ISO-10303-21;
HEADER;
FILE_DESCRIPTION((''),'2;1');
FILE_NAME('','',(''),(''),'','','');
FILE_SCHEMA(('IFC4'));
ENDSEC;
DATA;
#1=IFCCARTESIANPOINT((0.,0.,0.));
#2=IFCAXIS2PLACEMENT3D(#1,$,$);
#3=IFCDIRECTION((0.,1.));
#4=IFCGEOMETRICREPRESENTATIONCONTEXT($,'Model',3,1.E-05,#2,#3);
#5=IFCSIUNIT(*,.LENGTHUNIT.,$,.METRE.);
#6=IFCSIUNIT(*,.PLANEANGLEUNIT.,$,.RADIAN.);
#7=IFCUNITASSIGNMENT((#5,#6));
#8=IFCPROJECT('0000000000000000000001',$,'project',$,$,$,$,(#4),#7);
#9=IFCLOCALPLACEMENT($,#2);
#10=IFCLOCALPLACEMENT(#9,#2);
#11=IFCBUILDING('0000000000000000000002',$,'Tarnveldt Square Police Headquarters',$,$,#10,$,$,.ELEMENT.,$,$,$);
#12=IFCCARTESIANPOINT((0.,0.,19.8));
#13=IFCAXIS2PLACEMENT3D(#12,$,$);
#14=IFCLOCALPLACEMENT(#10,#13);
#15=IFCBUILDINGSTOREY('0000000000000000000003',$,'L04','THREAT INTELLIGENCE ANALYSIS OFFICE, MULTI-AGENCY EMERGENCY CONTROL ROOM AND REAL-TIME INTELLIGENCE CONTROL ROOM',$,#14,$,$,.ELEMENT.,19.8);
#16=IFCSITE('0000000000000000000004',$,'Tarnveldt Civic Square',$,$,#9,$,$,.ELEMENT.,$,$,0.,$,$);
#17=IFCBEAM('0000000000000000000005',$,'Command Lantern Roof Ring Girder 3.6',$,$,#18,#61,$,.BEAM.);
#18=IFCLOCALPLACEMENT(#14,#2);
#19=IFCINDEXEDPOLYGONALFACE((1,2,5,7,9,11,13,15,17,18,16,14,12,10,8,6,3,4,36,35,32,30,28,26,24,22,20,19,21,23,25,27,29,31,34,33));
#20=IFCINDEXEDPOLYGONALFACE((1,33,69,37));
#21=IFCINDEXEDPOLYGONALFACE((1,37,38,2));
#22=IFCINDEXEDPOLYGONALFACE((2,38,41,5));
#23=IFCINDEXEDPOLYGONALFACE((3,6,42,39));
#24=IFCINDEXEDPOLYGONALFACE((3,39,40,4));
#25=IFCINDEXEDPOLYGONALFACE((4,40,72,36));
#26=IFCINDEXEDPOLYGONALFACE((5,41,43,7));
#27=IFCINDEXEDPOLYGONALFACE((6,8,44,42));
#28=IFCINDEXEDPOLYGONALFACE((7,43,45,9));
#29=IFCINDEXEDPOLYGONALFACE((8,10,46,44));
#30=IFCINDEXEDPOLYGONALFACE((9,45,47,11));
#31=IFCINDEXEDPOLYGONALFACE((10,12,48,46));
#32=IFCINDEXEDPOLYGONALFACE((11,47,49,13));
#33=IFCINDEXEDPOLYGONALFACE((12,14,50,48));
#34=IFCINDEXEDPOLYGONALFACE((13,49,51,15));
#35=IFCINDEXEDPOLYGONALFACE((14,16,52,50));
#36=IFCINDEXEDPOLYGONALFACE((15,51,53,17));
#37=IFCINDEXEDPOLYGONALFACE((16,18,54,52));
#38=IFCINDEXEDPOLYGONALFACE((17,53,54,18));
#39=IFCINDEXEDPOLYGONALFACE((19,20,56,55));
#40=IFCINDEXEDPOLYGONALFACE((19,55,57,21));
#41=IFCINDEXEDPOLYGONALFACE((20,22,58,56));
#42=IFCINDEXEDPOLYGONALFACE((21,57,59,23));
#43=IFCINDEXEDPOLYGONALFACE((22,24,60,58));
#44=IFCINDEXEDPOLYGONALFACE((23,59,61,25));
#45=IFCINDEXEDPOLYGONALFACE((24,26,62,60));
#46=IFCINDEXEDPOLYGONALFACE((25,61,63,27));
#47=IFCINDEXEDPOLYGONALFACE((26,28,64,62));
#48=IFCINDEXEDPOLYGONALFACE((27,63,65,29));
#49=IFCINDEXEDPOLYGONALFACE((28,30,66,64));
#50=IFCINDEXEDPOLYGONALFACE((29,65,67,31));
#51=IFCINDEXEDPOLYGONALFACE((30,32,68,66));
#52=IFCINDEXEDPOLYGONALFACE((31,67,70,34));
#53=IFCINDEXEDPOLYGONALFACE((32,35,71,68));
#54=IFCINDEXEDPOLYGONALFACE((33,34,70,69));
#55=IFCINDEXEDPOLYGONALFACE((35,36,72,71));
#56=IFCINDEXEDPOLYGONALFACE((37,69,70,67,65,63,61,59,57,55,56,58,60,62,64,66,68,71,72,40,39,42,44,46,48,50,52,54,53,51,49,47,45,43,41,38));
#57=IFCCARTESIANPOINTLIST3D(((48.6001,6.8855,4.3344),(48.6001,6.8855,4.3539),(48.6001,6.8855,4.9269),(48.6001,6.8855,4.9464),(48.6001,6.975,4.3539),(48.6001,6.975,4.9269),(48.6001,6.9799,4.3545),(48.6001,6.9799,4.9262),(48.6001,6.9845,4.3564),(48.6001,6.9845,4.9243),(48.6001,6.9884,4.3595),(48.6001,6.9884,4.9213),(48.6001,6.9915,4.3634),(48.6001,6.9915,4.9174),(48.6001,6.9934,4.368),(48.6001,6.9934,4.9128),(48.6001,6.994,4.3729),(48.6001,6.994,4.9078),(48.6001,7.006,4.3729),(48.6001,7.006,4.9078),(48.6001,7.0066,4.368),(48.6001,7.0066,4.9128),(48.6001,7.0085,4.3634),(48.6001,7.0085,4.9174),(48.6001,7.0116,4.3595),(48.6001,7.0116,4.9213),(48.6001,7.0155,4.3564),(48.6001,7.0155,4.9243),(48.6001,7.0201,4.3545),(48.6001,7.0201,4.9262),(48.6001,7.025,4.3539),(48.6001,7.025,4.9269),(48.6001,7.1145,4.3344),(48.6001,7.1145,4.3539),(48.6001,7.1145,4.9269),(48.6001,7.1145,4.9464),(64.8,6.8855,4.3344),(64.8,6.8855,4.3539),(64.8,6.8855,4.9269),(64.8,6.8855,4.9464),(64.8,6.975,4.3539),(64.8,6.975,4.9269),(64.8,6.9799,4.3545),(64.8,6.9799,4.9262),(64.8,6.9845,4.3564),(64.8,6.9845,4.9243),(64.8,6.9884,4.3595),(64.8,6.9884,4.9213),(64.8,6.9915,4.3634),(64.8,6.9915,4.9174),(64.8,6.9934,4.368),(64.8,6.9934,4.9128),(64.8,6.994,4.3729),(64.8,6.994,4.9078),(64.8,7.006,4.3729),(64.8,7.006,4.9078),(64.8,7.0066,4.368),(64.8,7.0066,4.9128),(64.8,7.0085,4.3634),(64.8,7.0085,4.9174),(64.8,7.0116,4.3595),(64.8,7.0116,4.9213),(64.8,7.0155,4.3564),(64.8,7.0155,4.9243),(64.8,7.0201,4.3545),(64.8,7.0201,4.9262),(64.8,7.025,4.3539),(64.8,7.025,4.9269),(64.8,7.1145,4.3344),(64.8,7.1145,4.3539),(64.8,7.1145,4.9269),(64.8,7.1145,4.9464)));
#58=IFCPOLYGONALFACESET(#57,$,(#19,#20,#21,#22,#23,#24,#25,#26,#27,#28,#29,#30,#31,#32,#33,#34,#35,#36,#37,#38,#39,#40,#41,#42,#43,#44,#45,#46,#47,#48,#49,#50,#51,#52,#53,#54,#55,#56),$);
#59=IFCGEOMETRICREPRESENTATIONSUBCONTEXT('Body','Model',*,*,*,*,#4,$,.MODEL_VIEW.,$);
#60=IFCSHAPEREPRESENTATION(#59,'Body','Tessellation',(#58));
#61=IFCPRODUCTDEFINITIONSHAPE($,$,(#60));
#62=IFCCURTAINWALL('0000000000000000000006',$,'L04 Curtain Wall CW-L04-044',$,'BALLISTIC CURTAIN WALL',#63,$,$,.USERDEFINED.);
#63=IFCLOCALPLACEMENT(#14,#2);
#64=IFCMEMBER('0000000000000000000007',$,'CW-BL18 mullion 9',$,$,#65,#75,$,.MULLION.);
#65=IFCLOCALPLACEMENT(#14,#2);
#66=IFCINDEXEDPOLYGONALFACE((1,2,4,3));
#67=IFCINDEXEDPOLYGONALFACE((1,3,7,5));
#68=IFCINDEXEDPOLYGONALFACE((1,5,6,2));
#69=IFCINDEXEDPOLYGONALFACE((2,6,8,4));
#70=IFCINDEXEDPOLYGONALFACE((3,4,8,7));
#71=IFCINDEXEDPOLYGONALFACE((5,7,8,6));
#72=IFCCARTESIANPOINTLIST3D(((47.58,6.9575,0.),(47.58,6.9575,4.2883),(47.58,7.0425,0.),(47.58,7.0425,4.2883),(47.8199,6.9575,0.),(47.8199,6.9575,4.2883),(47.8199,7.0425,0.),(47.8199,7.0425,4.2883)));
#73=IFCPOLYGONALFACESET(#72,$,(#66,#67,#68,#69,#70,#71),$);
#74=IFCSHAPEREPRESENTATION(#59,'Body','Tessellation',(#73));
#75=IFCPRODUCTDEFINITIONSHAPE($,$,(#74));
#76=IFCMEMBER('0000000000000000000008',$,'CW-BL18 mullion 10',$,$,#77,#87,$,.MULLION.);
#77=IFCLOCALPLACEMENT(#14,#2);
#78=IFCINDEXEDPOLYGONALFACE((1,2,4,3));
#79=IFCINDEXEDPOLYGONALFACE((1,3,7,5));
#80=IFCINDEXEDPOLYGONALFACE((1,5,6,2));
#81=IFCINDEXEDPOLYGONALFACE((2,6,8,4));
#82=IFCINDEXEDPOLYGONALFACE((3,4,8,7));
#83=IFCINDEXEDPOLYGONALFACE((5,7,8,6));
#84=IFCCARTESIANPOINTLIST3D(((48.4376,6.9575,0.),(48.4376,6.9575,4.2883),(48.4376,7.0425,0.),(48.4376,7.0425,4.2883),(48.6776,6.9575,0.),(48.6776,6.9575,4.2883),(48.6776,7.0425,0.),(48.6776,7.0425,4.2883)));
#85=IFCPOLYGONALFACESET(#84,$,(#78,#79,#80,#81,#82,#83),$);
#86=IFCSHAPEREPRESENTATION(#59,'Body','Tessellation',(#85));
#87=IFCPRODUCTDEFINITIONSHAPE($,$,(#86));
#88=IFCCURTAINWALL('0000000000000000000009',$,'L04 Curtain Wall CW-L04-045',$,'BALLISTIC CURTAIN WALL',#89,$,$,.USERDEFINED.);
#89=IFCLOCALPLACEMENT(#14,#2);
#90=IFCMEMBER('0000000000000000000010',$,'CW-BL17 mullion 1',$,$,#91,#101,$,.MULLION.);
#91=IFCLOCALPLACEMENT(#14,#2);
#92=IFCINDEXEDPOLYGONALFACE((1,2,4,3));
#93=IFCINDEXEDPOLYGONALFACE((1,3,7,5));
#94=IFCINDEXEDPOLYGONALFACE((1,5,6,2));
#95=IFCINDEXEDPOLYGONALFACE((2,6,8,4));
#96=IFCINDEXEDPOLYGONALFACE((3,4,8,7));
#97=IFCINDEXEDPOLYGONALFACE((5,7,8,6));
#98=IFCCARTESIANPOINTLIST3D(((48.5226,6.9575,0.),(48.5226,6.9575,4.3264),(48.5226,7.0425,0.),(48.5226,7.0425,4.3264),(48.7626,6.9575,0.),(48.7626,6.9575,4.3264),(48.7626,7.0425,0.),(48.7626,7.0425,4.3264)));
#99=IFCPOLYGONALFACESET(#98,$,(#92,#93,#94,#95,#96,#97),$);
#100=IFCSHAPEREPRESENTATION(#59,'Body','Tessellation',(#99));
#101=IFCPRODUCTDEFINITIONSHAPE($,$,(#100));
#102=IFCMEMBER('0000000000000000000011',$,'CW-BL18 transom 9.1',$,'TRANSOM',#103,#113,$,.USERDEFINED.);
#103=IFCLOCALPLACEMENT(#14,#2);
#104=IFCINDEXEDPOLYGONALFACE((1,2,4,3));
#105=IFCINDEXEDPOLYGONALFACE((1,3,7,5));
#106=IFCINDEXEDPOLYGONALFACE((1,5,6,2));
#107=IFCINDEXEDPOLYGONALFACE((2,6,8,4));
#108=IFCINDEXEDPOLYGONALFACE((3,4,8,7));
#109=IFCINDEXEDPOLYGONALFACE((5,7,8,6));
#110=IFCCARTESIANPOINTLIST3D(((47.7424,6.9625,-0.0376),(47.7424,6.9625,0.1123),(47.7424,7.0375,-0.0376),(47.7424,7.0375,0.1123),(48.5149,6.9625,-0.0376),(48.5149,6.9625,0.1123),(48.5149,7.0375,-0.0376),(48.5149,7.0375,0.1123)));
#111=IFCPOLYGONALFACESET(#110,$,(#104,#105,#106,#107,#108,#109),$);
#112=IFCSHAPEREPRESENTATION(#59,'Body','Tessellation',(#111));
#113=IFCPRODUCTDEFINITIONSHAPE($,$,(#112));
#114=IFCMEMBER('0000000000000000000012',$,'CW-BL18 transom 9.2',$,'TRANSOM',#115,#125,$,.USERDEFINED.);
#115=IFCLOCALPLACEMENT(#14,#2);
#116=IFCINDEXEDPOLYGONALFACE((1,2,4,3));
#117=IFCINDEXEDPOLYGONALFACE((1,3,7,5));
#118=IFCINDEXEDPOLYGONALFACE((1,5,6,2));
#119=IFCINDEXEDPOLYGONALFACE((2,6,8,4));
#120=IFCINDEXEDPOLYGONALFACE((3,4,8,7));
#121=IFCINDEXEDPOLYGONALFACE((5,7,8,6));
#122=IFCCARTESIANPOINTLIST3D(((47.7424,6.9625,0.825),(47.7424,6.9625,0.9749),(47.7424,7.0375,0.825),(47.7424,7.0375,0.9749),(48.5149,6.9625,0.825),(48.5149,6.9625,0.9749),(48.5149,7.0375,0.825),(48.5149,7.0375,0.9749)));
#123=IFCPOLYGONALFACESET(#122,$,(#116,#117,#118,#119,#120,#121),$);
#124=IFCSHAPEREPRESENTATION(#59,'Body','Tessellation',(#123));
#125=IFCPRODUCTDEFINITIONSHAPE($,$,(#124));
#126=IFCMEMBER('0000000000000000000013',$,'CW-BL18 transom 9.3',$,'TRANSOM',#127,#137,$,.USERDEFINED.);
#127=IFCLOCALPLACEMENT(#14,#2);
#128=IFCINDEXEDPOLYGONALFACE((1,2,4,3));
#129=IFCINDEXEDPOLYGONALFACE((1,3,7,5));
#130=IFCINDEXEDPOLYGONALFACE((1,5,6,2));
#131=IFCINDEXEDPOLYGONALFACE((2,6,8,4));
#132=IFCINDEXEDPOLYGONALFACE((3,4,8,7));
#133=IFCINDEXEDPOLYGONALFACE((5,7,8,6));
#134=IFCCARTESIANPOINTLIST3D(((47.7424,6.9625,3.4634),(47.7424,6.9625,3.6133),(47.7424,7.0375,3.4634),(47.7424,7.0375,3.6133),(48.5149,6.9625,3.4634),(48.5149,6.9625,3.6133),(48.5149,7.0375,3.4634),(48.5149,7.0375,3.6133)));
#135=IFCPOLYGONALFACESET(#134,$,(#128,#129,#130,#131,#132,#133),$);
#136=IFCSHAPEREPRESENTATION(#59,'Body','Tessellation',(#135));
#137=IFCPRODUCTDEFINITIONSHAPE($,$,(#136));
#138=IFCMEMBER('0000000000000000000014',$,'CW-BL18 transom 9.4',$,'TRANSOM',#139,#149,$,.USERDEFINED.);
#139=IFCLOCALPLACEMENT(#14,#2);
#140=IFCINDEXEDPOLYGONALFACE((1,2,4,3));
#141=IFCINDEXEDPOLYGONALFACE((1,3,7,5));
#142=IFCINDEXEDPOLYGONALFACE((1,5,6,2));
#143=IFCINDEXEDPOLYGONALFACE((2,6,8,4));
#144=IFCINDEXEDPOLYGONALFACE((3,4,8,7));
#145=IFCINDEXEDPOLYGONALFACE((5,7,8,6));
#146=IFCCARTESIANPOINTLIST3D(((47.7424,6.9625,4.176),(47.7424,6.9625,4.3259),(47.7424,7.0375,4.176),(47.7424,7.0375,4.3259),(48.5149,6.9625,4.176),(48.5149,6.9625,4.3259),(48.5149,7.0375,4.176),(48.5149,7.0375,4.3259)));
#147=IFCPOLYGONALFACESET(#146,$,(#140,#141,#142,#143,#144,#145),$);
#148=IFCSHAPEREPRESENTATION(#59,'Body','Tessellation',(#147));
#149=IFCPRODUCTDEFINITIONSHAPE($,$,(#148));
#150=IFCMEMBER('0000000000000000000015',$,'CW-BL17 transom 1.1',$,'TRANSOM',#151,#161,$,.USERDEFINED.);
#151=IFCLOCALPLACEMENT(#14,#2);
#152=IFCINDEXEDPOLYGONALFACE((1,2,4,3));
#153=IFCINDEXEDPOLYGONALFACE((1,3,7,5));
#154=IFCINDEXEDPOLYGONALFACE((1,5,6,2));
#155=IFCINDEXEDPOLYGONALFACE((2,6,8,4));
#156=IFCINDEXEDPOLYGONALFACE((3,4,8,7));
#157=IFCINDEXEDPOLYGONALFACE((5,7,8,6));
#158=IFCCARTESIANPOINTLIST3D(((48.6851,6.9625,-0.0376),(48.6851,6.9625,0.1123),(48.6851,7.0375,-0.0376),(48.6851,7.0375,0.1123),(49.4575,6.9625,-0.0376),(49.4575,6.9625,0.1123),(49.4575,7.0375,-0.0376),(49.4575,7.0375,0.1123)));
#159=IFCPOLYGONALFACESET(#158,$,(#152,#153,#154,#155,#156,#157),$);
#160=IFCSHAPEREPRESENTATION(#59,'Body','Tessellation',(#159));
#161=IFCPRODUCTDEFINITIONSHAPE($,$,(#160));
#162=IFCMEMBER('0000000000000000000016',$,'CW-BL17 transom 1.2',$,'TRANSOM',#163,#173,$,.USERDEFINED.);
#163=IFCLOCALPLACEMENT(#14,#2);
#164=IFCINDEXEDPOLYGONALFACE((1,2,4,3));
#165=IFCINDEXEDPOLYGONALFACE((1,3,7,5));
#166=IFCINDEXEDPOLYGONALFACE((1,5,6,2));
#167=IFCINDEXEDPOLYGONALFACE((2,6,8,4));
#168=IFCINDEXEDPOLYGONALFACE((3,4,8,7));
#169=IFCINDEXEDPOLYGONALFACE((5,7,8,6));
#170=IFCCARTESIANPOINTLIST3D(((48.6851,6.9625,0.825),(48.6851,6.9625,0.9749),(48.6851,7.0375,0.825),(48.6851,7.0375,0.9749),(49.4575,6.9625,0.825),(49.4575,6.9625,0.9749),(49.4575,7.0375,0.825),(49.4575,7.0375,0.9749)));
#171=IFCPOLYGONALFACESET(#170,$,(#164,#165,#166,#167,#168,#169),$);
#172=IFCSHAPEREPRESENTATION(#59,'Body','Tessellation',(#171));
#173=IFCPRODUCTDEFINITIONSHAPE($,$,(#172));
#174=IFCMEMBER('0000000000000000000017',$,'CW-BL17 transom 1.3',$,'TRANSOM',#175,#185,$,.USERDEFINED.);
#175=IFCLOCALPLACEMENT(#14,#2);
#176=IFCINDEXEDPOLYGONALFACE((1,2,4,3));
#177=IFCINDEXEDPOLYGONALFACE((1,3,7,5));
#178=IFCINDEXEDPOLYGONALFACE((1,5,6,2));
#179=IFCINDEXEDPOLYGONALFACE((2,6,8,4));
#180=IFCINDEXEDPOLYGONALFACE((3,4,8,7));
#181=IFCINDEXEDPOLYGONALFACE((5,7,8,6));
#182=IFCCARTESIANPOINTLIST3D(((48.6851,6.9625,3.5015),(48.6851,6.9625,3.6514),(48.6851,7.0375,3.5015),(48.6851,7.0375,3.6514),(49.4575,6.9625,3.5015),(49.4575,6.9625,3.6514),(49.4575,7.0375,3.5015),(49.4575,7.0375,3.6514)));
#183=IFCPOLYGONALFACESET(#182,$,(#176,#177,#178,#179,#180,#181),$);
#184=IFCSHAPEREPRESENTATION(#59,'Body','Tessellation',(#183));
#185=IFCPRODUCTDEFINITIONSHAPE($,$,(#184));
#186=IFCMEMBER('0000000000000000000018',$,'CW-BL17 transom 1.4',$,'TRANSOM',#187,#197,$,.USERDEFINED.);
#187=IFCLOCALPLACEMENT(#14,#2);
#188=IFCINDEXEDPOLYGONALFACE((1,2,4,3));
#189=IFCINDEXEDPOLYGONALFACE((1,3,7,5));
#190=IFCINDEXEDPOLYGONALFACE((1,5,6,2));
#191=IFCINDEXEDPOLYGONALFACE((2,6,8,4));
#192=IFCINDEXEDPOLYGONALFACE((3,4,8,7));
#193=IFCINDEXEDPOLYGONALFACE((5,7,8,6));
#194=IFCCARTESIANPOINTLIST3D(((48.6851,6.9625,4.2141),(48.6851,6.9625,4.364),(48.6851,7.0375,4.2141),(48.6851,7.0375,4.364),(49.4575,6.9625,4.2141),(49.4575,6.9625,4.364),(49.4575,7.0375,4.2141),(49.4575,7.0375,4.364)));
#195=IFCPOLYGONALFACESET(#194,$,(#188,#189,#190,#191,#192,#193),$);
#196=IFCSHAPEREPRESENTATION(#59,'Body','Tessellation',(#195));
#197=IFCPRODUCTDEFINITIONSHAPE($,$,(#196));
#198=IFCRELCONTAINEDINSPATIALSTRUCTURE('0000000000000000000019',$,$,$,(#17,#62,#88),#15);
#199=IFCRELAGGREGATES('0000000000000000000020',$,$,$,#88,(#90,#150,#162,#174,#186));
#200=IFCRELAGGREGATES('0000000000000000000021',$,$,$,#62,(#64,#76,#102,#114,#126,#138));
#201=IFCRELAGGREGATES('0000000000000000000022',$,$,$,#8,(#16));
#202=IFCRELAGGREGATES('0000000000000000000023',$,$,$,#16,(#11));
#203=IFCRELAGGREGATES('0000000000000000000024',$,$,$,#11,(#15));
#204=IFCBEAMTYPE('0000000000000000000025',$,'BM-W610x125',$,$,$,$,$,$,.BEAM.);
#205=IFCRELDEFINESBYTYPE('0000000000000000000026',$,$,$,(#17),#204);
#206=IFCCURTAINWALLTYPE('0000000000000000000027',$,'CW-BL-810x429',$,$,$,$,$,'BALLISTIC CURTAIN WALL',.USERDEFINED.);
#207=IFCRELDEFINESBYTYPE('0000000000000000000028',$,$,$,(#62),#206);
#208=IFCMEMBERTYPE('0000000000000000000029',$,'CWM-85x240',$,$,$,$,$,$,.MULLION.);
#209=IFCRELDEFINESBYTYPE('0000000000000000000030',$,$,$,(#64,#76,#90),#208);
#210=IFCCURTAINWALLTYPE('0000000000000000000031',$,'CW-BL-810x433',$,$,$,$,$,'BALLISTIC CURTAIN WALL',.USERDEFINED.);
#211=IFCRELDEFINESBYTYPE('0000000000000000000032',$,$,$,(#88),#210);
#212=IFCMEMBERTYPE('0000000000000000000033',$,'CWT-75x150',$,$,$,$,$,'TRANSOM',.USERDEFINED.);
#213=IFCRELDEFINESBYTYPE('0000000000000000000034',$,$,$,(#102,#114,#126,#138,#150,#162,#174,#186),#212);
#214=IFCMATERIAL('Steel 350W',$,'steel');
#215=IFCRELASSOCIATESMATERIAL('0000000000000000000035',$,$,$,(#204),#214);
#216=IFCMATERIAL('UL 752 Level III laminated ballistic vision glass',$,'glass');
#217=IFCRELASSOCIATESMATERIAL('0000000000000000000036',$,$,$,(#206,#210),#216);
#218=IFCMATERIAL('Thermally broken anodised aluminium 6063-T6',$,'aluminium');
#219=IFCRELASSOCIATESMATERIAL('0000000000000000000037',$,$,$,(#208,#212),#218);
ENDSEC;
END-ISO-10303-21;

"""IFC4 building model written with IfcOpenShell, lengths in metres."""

from ifc_helpers import new_model, si_unit, direction, frame, origin, origin_2d, place, context, subcontext, project, spatial, rectangle, i_section, extrude, material, material_profile, profile_set, type_object, element, aggregate, save


model = new_model("IFC4")

# Units and contexts
model_context = context("Model", 3, precision=1e-05, world=origin(), true_north=direction((0.0, 1.0)))
body_context = subcontext(model_context, "Body", "Model", "MODEL_VIEW")
ifc_project = project(units=[si_unit("LENGTHUNIT", "METRE"), si_unit("PLANEANGLEUNIT", "RADIAN")], contexts=[model_context])

# Site, building, storey
site_placement = place(None, origin())
site = spatial("IfcSite", under=ifc_project, at=site_placement, Name="Tarnveldt Civic Square", CompositionType="ELEMENT", RefElevation=0.0)
building_placement = place(site_placement, origin())
building = spatial("IfcBuilding", under=site, at=building_placement, Name="Tarnveldt Square Police Headquarters", CompositionType="ELEMENT")
storey_placement = place(building_placement, frame((0.0, 0.0, 19.8)))
storey = spatial("IfcBuildingStorey", under=building, at=storey_placement, Name="L04", Description="THREAT INTELLIGENCE ANALYSIS OFFICE, MULTI-AGENCY EMERGENCY CONTROL ROOM AND REAL-TIME INTELLIGENCE CONTROL ROOM", CompositionType="ELEMENT", Elevation=19.8)

# Shared definitions
ifc_material_1 = material(Name="Steel 350W", Category="steel")

# Beam
ifc_material_profile_1 = material_profile(ifc_material_1, i_section(OverallWidth=0.229, OverallDepth=0.6121, WebThickness=0.012, FlangeThickness=0.0195, FilletRadius=0.019, at=origin_2d()), Name="W610x125")
ifc_profile_set_1 = profile_set([ifc_material_profile_1], Name="Steel 350W")
beam_type_1 = type_object("IfcBeamType", Name="BM-W610x125", PredefinedType="BEAM", material=ifc_profile_set_1)
for number, where, z_axis, x_axis, name in (
    (1, (48.6001, 7.0, 4.6404), (1.0, 0.0, 0.0), (0.0, 1.0, 0.0), "Command Lantern Roof Ring Girder 3.6"),
):
    element("IfcBeam", number, at=place(storey_placement, frame(where, z_axis=z_axis, x_axis=x_axis)), inside=storey, type_object=beam_type_1, Name=name, PredefinedType="BEAM", context=body_context, shape_type="SweptSolid", body=[
        extrude(i_section(OverallWidth=0.229, OverallDepth=0.6121, WebThickness=0.012, FlangeThickness=0.0195, FilletRadius=0.019, at=origin_2d()), origin(), (0.0, 0.0, 1.0), 16.2),
    ])

# Curtain wall, members
ifc_material_2 = material(Name="UL 752 Level III laminated ballistic vision glass", Category="glass")
curtain_wall_type_1 = type_object("IfcCurtainWallType", Name="CW-BL-810x429", ElementType="BALLISTIC CURTAIN WALL", PredefinedType="USERDEFINED", material=ifc_material_2)
curtain_wall_1_placement = place(storey_placement, origin())
curtain_wall_1 = element("IfcCurtainWall", 2, at=curtain_wall_1_placement, inside=storey, type_object=curtain_wall_type_1, Name="L04 Curtain Wall CW-L04-044", ObjectType="BALLISTIC CURTAIN WALL", PredefinedType="USERDEFINED")
ifc_material_3 = material(Name="Thermally broken anodised aluminium 6063-T6", Category="aluminium")
ifc_material_profile_2 = material_profile(ifc_material_3, rectangle(XDim=0.085, YDim=0.24, at=origin_2d()), Name="CW-M85x240")
ifc_profile_set_2 = profile_set([ifc_material_profile_2], Name="Thermally broken anodised aluminium 6063-T6")
member_type_1 = type_object("IfcMemberType", Name="CWM-85x240", PredefinedType="MULLION", material=ifc_profile_set_2)
member_1_placement = place(storey_placement, frame((47.7, 7.0, 0.0), z_axis=(0.0, 0.0, 1.0), x_axis=(0.0, 1.0, 0.0)))
member_1 = element("IfcMember", 3, at=member_1_placement, type_object=member_type_1, Name="CW-BL18 mullion 9", PredefinedType="MULLION", context=body_context, shape_type="SweptSolid", body=[
    extrude(rectangle(XDim=0.085, YDim=0.24, at=origin_2d()), origin(), (0.0, 0.0, 1.0), 4.2883),
])
member_2_placement = place(storey_placement, frame((48.5576, 7.0, 0.0), z_axis=(0.0, 0.0, 1.0), x_axis=(0.0, 1.0, 0.0)))
member_2 = element("IfcMember", 4, at=member_2_placement, type_object=member_type_1, Name="CW-BL18 mullion 10", PredefinedType="MULLION", context=body_context, shape_type="SweptSolid", body=[
    extrude(rectangle(XDim=0.085, YDim=0.24, at=origin_2d()), origin(), (0.0, 0.0, 1.0), 4.2883),
])

# Curtain wall, member
curtain_wall_type_2 = type_object("IfcCurtainWallType", Name="CW-BL-810x433", ElementType="BALLISTIC CURTAIN WALL", PredefinedType="USERDEFINED", material=ifc_material_2)
curtain_wall_2_placement = place(storey_placement, origin())
curtain_wall_2 = element("IfcCurtainWall", 5, at=curtain_wall_2_placement, inside=storey, type_object=curtain_wall_type_2, Name="L04 Curtain Wall CW-L04-045", ObjectType="BALLISTIC CURTAIN WALL", PredefinedType="USERDEFINED")
member_3_placement = place(storey_placement, frame((48.6426, 7.0, 0.0), z_axis=(0.0, 0.0, 1.0), x_axis=(0.0, 1.0, 0.0)))
member_3 = element("IfcMember", 6, at=member_3_placement, type_object=member_type_1, Name="CW-BL17 mullion 1", PredefinedType="MULLION", context=body_context, shape_type="SweptSolid", body=[
    extrude(rectangle(XDim=0.085, YDim=0.24, at=origin_2d()), origin(), (0.0, 0.0, 1.0), 4.3264),
])

# Members
ifc_material_profile_3 = material_profile(ifc_material_3, rectangle(XDim=0.075, YDim=0.1499, at=origin_2d()), Name="CW-T75x150")
ifc_profile_set_3 = profile_set([ifc_material_profile_3], Name="Thermally broken anodised aluminium 6063-T6")
member_type_2 = type_object("IfcMemberType", Name="CWT-75x150", ElementType="TRANSOM", PredefinedType="USERDEFINED", material=ifc_profile_set_3)
member_4_placement = place(storey_placement, frame((47.7424, 7.0, 0.0374), z_axis=(1.0, 0.0, 0.0), x_axis=(0.0, 1.0, 0.0)))
member_4 = element("IfcMember", 7, at=member_4_placement, type_object=member_type_2, Name="CW-BL18 transom 9.1", ObjectType="TRANSOM", PredefinedType="USERDEFINED", context=body_context, shape_type="SweptSolid", body=[
    extrude(rectangle(XDim=0.075, YDim=0.1499, at=origin_2d()), origin(), (0.0, 0.0, 1.0), 0.7725),
])
member_5_placement = place(storey_placement, frame((47.7424, 7.0, 0.8999), z_axis=(1.0, 0.0, 0.0), x_axis=(0.0, 1.0, 0.0)))
member_5 = element("IfcMember", 8, at=member_5_placement, type_object=member_type_2, Name="CW-BL18 transom 9.2", ObjectType="TRANSOM", PredefinedType="USERDEFINED", context=body_context, shape_type="SweptSolid", body=[
    extrude(rectangle(XDim=0.075, YDim=0.1499, at=origin_2d()), origin(), (0.0, 0.0, 1.0), 0.7725),
])
member_6_placement = place(storey_placement, frame((47.7424, 7.0, 3.5383), z_axis=(1.0, 0.0, 0.0), x_axis=(0.0, 1.0, 0.0)))
member_6 = element("IfcMember", 9, at=member_6_placement, type_object=member_type_2, Name="CW-BL18 transom 9.3", ObjectType="TRANSOM", PredefinedType="USERDEFINED", context=body_context, shape_type="SweptSolid", body=[
    extrude(rectangle(XDim=0.075, YDim=0.1499, at=origin_2d()), origin(), (0.0, 0.0, 1.0), 0.7725),
])
member_7_placement = place(storey_placement, frame((47.7424, 7.0, 4.251), z_axis=(1.0, 0.0, 0.0), x_axis=(0.0, 1.0, 0.0)))
member_7 = element("IfcMember", 10, at=member_7_placement, type_object=member_type_2, Name="CW-BL18 transom 9.4", ObjectType="TRANSOM", PredefinedType="USERDEFINED", context=body_context, shape_type="SweptSolid", body=[
    extrude(rectangle(XDim=0.075, YDim=0.1499, at=origin_2d()), origin(), (0.0, 0.0, 1.0), 0.7725),
])
member_8_placement = place(storey_placement, frame((48.6851, 7.0, 0.0374), z_axis=(1.0, 0.0, 0.0), x_axis=(0.0, 1.0, 0.0)))
member_8 = element("IfcMember", 11, at=member_8_placement, type_object=member_type_2, Name="CW-BL17 transom 1.1", ObjectType="TRANSOM", PredefinedType="USERDEFINED", context=body_context, shape_type="SweptSolid", body=[
    extrude(rectangle(XDim=0.075, YDim=0.1499, at=origin_2d()), origin(), (0.0, 0.0, 1.0), 0.7725),
])
member_9_placement = place(storey_placement, frame((48.6851, 7.0, 0.8999), z_axis=(1.0, 0.0, 0.0), x_axis=(0.0, 1.0, 0.0)))
member_9 = element("IfcMember", 12, at=member_9_placement, type_object=member_type_2, Name="CW-BL17 transom 1.2", ObjectType="TRANSOM", PredefinedType="USERDEFINED", context=body_context, shape_type="SweptSolid", body=[
    extrude(rectangle(XDim=0.075, YDim=0.1499, at=origin_2d()), origin(), (0.0, 0.0, 1.0), 0.7725),
])
member_10_placement = place(storey_placement, frame((48.6851, 7.0, 3.5764), z_axis=(1.0, 0.0, 0.0), x_axis=(0.0, 1.0, 0.0)))
member_10 = element("IfcMember", 13, at=member_10_placement, type_object=member_type_2, Name="CW-BL17 transom 1.3", ObjectType="TRANSOM", PredefinedType="USERDEFINED", context=body_context, shape_type="SweptSolid", body=[
    extrude(rectangle(XDim=0.075, YDim=0.1499, at=origin_2d()), origin(), (0.0, 0.0, 1.0), 0.7725),
])
member_11_placement = place(storey_placement, frame((48.6851, 7.0, 4.2891), z_axis=(1.0, 0.0, 0.0), x_axis=(0.0, 1.0, 0.0)))
member_11 = element("IfcMember", 14, at=member_11_placement, type_object=member_type_2, Name="CW-BL17 transom 1.4", ObjectType="TRANSOM", PredefinedType="USERDEFINED", context=body_context, shape_type="SweptSolid", body=[
    extrude(rectangle(XDim=0.075, YDim=0.1499, at=origin_2d()), origin(), (0.0, 0.0, 1.0), 0.7725),
])
aggregate(curtain_wall_2, [member_3, member_8, member_9, member_10, member_11])

aggregate(curtain_wall_1, [member_1, member_2, member_4, member_5, member_6, member_7])

save(model, "model.ifc")
